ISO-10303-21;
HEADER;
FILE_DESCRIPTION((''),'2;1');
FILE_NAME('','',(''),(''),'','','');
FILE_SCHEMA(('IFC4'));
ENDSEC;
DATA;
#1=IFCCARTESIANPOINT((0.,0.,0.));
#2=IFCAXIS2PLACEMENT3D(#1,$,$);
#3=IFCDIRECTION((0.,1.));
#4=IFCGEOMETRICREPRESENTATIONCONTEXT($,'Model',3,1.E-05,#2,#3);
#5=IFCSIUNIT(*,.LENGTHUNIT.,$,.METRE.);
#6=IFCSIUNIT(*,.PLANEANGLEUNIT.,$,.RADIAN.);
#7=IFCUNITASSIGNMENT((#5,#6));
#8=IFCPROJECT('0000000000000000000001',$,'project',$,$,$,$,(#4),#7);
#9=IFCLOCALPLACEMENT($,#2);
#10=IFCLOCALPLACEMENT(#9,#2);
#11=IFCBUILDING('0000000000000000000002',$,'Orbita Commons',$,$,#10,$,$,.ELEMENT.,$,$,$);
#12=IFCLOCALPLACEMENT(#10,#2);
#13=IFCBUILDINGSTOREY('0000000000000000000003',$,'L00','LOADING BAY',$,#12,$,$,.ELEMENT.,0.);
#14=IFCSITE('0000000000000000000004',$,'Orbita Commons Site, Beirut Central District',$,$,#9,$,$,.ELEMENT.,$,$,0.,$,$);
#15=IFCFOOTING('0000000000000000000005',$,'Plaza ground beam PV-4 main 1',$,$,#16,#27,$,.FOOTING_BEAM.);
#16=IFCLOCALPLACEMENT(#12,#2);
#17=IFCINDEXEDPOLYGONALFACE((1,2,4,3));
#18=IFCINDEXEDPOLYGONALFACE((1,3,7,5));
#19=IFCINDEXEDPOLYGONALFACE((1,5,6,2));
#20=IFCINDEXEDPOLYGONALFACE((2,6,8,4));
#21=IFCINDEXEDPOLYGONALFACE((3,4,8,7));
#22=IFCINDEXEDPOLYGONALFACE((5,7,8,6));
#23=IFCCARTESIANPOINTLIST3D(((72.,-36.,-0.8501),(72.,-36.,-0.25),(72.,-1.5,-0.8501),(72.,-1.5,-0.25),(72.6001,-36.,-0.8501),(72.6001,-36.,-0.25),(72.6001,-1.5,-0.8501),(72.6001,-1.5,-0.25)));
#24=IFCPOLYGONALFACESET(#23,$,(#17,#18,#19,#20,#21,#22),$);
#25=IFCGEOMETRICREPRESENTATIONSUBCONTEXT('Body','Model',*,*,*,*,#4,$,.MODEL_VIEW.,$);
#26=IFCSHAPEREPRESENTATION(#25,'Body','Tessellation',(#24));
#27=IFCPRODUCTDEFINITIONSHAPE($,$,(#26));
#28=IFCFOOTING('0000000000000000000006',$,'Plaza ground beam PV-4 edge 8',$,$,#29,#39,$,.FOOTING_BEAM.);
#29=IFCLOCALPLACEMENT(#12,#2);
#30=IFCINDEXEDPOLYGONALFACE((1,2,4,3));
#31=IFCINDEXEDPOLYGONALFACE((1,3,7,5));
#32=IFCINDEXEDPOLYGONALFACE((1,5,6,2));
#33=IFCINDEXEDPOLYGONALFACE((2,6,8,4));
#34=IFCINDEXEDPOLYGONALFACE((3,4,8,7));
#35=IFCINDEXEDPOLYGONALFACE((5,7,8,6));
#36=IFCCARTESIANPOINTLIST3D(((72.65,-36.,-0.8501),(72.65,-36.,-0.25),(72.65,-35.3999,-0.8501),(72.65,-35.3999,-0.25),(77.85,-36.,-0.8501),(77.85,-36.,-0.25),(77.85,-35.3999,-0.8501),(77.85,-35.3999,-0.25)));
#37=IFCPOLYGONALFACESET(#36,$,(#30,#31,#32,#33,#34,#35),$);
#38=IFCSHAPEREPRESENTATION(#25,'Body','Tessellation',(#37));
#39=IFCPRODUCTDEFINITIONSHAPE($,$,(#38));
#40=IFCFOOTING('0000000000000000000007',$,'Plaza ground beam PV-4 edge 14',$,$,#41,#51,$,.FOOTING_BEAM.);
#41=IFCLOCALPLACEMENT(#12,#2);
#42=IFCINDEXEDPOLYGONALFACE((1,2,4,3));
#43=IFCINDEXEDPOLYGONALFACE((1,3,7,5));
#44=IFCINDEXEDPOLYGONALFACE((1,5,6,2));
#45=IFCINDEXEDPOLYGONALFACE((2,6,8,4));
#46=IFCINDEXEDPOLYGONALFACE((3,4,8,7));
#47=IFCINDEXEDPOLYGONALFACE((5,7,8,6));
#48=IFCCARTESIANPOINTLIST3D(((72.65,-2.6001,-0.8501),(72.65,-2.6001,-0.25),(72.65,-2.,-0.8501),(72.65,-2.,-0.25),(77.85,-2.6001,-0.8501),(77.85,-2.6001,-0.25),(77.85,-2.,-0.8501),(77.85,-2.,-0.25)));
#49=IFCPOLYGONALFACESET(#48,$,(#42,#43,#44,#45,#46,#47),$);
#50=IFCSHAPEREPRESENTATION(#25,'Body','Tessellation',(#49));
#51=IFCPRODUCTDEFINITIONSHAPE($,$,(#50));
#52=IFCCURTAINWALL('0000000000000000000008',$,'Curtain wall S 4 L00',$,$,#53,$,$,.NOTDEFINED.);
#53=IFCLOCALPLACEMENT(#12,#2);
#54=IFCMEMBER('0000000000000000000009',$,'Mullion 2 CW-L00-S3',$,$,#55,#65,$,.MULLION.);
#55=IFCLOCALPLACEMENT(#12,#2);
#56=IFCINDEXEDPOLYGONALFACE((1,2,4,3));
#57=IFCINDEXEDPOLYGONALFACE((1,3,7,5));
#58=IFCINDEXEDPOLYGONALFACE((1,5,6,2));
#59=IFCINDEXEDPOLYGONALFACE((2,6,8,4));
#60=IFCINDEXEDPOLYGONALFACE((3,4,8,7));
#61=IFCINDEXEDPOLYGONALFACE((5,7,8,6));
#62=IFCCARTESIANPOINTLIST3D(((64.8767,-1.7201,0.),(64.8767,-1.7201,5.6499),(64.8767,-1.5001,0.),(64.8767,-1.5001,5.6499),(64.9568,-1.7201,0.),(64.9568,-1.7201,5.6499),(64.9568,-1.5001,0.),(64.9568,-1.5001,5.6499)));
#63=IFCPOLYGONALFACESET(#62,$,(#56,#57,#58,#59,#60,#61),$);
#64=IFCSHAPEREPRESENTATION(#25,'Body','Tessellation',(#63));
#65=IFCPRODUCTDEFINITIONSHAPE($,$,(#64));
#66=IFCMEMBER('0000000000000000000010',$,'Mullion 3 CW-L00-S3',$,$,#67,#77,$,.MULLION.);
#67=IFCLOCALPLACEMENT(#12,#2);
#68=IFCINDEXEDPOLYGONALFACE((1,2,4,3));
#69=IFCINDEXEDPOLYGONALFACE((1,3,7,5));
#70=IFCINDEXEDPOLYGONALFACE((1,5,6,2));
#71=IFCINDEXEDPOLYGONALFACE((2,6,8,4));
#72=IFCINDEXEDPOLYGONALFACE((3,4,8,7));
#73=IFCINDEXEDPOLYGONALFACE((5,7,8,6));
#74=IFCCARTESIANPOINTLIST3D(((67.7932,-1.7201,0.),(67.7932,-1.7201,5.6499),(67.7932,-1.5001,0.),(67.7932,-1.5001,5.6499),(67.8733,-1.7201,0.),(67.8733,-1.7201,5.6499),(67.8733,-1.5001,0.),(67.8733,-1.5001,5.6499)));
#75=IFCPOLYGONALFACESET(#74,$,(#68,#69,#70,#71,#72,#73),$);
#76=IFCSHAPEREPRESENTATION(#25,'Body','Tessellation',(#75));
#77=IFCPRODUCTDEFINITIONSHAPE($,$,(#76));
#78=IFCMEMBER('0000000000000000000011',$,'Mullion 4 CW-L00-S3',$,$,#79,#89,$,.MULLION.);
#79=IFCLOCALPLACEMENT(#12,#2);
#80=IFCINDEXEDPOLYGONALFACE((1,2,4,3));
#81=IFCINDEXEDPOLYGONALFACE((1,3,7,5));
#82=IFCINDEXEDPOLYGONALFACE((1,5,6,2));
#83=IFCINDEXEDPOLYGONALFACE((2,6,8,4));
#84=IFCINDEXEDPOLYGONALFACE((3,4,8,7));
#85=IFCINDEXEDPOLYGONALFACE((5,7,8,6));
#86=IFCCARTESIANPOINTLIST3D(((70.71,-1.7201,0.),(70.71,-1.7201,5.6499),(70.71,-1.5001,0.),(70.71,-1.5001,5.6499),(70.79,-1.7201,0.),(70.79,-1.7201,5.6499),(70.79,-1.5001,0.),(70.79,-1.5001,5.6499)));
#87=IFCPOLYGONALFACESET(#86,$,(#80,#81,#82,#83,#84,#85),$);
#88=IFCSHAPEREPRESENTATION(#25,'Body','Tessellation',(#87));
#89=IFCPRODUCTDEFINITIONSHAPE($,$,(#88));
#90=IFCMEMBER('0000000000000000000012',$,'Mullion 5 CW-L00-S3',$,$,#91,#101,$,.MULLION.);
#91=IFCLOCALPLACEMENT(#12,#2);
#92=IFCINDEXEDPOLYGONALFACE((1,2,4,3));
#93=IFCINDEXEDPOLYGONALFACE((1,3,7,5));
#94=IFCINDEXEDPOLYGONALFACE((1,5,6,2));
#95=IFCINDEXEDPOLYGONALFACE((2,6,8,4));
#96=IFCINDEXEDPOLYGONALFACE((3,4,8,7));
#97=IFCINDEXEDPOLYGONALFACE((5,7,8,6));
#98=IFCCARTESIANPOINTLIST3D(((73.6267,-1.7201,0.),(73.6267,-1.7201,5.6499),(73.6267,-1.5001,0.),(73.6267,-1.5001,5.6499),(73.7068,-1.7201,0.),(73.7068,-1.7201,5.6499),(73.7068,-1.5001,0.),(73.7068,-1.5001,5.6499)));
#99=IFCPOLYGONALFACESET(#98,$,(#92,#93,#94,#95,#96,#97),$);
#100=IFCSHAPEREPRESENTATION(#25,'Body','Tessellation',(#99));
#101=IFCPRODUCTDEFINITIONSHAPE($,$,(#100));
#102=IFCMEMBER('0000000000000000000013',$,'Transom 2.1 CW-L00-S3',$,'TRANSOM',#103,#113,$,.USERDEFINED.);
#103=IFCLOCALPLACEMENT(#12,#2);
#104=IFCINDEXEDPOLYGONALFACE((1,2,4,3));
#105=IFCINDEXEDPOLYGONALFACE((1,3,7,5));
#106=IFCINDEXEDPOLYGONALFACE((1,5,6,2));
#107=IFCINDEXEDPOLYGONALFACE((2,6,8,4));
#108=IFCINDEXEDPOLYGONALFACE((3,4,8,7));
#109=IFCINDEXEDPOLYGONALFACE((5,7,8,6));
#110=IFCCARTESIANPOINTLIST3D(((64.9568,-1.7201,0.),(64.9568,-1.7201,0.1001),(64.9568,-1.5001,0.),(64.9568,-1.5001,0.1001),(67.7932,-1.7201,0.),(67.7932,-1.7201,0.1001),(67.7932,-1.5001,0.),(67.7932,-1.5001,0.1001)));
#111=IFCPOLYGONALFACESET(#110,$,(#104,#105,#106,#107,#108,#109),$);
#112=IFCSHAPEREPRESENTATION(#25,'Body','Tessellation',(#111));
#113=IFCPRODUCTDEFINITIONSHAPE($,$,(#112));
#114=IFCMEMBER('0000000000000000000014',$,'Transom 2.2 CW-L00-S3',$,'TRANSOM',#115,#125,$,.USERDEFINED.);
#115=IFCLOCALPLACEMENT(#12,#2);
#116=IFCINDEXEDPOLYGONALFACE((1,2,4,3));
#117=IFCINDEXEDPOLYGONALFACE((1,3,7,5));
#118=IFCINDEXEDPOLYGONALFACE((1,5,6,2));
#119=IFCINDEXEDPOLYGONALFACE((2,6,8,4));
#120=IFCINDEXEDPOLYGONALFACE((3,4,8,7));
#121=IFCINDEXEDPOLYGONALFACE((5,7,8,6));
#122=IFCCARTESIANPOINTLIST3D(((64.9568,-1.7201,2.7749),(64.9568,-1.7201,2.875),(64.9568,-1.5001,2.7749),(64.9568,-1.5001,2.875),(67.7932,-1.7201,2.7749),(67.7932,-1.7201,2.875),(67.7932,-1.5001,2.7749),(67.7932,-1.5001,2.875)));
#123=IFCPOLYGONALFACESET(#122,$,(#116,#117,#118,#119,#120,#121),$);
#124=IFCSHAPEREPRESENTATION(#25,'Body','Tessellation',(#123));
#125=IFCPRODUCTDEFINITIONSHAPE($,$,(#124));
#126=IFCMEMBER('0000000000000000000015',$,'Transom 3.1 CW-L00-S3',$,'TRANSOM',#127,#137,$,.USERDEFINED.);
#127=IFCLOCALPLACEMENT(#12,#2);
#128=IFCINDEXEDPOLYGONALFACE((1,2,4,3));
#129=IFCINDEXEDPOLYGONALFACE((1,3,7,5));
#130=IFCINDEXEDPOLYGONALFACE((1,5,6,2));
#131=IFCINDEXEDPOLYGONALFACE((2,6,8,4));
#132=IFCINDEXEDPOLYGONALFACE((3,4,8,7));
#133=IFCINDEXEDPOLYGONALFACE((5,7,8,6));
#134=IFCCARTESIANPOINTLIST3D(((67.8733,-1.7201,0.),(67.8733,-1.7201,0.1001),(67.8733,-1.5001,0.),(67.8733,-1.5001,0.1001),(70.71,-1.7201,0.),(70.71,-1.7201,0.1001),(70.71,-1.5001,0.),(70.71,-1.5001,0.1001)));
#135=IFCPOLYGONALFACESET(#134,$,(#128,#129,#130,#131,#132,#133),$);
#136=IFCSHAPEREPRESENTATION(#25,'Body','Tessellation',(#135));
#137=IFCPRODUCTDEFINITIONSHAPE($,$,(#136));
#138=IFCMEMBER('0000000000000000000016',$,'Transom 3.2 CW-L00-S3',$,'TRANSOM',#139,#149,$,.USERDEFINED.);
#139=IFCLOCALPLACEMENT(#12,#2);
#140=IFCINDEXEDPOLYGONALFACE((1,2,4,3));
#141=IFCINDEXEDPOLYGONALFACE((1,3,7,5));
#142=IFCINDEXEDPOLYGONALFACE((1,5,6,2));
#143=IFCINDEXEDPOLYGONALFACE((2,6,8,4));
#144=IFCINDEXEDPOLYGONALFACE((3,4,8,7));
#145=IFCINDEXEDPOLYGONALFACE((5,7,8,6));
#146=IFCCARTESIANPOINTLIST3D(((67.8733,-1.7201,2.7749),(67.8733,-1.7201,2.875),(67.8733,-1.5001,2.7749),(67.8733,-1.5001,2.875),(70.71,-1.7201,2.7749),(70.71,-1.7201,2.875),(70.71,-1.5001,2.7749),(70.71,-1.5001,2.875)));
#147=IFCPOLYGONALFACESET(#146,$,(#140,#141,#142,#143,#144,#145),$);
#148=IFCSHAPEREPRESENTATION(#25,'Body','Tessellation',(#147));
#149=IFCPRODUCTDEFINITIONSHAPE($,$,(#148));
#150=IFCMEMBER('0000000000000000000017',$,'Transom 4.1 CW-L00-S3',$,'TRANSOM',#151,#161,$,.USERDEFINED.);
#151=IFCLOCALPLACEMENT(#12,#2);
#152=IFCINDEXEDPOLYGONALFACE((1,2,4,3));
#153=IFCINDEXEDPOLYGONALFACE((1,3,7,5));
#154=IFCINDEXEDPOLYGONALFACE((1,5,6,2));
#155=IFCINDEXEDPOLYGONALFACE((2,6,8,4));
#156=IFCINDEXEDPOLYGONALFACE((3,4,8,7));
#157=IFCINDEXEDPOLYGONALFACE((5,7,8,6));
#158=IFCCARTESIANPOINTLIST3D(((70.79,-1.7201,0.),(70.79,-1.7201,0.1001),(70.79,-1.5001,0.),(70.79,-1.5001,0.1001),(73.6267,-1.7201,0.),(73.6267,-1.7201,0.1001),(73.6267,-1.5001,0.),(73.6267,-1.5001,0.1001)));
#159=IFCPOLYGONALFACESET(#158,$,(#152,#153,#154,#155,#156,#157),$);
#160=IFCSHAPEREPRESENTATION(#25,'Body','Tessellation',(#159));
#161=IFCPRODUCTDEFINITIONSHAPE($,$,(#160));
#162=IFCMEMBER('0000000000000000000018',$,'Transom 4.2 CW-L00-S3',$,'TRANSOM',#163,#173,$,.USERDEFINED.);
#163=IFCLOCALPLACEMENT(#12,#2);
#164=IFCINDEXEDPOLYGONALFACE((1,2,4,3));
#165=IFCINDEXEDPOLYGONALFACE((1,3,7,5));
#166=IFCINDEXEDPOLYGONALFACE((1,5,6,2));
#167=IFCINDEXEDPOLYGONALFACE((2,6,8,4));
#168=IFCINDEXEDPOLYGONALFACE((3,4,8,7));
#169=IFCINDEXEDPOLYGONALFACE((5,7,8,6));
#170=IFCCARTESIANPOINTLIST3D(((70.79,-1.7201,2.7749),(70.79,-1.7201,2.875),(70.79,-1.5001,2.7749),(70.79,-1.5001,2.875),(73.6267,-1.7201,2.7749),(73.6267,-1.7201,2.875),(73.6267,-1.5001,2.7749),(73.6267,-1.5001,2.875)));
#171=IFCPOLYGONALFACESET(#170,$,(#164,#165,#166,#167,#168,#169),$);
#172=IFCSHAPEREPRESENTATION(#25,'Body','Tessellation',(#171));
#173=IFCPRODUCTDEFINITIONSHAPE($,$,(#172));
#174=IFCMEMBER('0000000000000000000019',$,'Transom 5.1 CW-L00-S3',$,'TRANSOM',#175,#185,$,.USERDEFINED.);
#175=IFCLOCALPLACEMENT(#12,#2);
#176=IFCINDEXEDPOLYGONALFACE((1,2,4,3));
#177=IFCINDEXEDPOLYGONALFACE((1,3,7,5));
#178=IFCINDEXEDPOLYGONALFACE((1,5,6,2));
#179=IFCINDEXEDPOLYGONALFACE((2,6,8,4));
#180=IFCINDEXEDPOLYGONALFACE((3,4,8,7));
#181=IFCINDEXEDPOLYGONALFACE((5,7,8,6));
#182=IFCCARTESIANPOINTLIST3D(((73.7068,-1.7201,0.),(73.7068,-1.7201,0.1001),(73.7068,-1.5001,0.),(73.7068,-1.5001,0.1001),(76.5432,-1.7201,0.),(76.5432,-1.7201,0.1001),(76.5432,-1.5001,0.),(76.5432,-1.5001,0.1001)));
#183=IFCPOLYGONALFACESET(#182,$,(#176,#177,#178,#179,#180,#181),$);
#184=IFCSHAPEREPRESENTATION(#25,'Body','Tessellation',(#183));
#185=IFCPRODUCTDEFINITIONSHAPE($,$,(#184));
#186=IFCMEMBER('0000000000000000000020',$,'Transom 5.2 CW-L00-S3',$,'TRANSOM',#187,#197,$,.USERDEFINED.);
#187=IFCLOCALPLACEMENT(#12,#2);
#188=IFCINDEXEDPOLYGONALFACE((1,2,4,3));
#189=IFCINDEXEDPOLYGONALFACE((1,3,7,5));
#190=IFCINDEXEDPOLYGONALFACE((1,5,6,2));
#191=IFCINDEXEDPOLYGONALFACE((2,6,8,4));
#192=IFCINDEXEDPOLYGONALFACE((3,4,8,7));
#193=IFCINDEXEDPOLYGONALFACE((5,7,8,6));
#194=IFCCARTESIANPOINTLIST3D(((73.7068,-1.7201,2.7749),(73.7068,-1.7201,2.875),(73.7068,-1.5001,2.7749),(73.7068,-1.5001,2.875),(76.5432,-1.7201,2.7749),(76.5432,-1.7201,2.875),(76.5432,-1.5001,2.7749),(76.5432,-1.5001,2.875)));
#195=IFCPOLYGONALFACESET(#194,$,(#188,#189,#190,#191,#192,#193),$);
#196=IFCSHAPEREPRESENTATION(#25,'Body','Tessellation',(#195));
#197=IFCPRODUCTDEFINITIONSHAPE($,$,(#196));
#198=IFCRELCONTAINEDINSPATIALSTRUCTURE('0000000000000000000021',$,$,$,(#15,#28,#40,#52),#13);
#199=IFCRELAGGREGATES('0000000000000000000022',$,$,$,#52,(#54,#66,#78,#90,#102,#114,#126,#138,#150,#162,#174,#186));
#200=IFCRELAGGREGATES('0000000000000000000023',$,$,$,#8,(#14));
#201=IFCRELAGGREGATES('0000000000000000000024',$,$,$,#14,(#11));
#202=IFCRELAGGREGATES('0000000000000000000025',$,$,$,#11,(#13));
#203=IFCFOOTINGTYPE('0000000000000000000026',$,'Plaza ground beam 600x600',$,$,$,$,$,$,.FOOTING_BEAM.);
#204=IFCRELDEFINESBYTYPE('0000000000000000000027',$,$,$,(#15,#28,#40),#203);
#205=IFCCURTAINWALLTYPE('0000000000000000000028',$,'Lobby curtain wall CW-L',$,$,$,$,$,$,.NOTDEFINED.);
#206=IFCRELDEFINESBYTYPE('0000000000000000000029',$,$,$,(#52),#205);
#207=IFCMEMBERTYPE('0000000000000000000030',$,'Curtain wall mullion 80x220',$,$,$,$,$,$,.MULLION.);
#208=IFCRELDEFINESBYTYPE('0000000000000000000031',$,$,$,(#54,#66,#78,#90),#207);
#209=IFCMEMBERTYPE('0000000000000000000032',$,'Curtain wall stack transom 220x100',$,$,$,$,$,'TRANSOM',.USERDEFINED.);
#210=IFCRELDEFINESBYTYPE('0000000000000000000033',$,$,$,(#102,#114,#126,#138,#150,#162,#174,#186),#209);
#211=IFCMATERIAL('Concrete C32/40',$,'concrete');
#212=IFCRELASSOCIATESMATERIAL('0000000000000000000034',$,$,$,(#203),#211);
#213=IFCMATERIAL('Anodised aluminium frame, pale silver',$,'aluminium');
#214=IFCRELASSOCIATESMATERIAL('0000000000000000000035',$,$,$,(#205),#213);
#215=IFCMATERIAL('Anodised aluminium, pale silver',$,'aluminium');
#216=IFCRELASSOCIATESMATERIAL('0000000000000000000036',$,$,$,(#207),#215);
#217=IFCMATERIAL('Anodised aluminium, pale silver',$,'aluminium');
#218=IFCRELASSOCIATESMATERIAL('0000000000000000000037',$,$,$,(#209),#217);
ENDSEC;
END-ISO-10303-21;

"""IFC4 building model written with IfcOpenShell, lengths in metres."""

from ifc_helpers import new_model, si_unit, direction, frame, origin, origin_2d, place, context, subcontext, project, spatial, rectangle, extrude, material, material_profile, profile_set, type_object, element, aggregate, save


model = new_model("IFC4")

# Units and contexts
model_context = context("Model", 3, precision=1e-05, world=origin(), true_north=direction((0.0, 1.0)))
body_context = subcontext(model_context, "Body", "Model", "MODEL_VIEW")
ifc_project = project(units=[si_unit("LENGTHUNIT", "METRE"), si_unit("PLANEANGLEUNIT", "RADIAN")], contexts=[model_context])

# Site, building, storey
site_placement = place(None, origin())
site = spatial("IfcSite", under=ifc_project, at=site_placement, Name="Orbita Commons Site, Beirut Central District", CompositionType="ELEMENT", RefElevation=0.0)
building_placement = place(site_placement, origin())
building = spatial("IfcBuilding", under=site, at=building_placement, Name="Orbita Commons", CompositionType="ELEMENT")
storey_placement = place(building_placement, origin())
storey = spatial("IfcBuildingStorey", under=building, at=storey_placement, Name="L00", Description="LOADING BAY", CompositionType="ELEMENT", Elevation=0.0)

# Footings
ifc_material_1 = material(Name="Concrete C32/40", Category="concrete")
footing_type = type_object("IfcFootingType", Name="Plaza ground beam 600x600", PredefinedType="FOOTING_BEAM", material=ifc_material_1)
footing_placement = place(storey_placement, frame((72.3, -18.75, -0.8501), z_axis=(0.0, 0.0, 1.0), x_axis=(1.0, 0.0, 0.0)))
element("IfcFooting", 1, at=footing_placement, inside=storey, type_object=footing_type, Name="Plaza ground beam PV-4 main 1", PredefinedType="FOOTING_BEAM", context=body_context, shape_type="SweptSolid", body=[
    extrude(rectangle(XDim=0.6001, YDim=34.5, at=origin_2d()), origin(), (0.0, 0.0, 1.0), 0.6001),
])
for number, where, z_axis, x_axis, name in (
    (2, (75.25, -35.7, -0.8501), (0.0, 0.0, 1.0), (1.0, 0.0, 0.0), "Plaza ground beam PV-4 edge 8"),
    (3, (75.25, -2.3, -0.8501), (0.0, 0.0, 1.0), (1.0, 0.0, 0.0), "Plaza ground beam PV-4 edge 14"),
):
    element("IfcFooting", number, at=place(storey_placement, frame(where, z_axis=z_axis, x_axis=x_axis)), inside=storey, type_object=footing_type, Name=name, PredefinedType="FOOTING_BEAM", context=body_context, shape_type="SweptSolid", body=[
        extrude(rectangle(XDim=5.2, YDim=0.6001, at=origin_2d()), origin(), (0.0, 0.0, 1.0), 0.6001),
    ])

# Curtain wall, members
ifc_material_2 = material(Name="Anodised aluminium frame, pale silver", Category="aluminium")
curtain_wall_type = type_object("IfcCurtainWallType", Name="Lobby curtain wall CW-L", PredefinedType="NOTDEFINED", material=ifc_material_2)
curtain_wall_placement = place(storey_placement, origin())
curtain_wall = element("IfcCurtainWall", 4, at=curtain_wall_placement, inside=storey, type_object=curtain_wall_type, Name="Curtain wall S 4 L00", PredefinedType="NOTDEFINED")
ifc_material_3 = material(Name="Anodised aluminium, pale silver", Category="aluminium")
ifc_material_profile_1 = material_profile(ifc_material_3, rectangle(XDim=0.0801, YDim=0.22, at=origin_2d()), Name="AL 80x220")
ifc_profile_set_1 = profile_set([ifc_material_profile_1], Name="Anodised aluminium, pale silver")
member_type_1 = type_object("IfcMemberType", Name="Curtain wall mullion 80x220", PredefinedType="MULLION", material=ifc_profile_set_1)
member_1_placement = place(storey_placement, frame((64.9167, -1.6101, 0.0), z_axis=(0.0, 0.0, 1.0), x_axis=(1.0, 0.0, 0.0)))
member_1 = element("IfcMember", 5, at=member_1_placement, type_object=member_type_1, Name="Mullion 2 CW-L00-S3", PredefinedType="MULLION", context=body_context, shape_type="SweptSolid", body=[
    extrude(rectangle(XDim=0.0801, YDim=0.22, at=origin_2d()), origin(), (0.0, 0.0, 1.0), 5.6499),
])
member_2_placement = place(storey_placement, frame((67.8333, -1.6101, 0.0), z_axis=(0.0, 0.0, 1.0), x_axis=(1.0, 0.0, 0.0)))
member_2 = element("IfcMember", 6, at=member_2_placement, type_object=member_type_1, Name="Mullion 3 CW-L00-S3", PredefinedType="MULLION", context=body_context, shape_type="SweptSolid", body=[
    extrude(rectangle(XDim=0.0801, YDim=0.22, at=origin_2d()), origin(), (0.0, 0.0, 1.0), 5.6499),
])
member_3_placement = place(storey_placement, frame((70.75, -1.6101, 0.0), z_axis=(0.0, 0.0, 1.0), x_axis=(1.0, 0.0, 0.0)))
member_3 = element("IfcMember", 7, at=member_3_placement, type_object=member_type_1, Name="Mullion 4 CW-L00-S3", PredefinedType="MULLION", context=body_context, shape_type="SweptSolid", body=[
    extrude(rectangle(XDim=0.0801, YDim=0.22, at=origin_2d()), origin(), (0.0, 0.0, 1.0), 5.6499),
])
member_4_placement = place(storey_placement, frame((73.6667, -1.6101, 0.0), z_axis=(0.0, 0.0, 1.0), x_axis=(1.0, 0.0, 0.0)))
member_4 = element("IfcMember", 8, at=member_4_placement, type_object=member_type_1, Name="Mullion 5 CW-L00-S3", PredefinedType="MULLION", context=body_context, shape_type="SweptSolid", body=[
    extrude(rectangle(XDim=0.0801, YDim=0.22, at=origin_2d()), origin(), (0.0, 0.0, 1.0), 5.6499),
])
ifc_material_4 = material(Name="Anodised aluminium, pale silver", Category="aluminium")
ifc_material_profile_2 = material_profile(ifc_material_4, rectangle(XDim=0.22, YDim=0.1001, at=origin_2d()), Name="AL 220x100")
ifc_profile_set_2 = profile_set([ifc_material_profile_2], Name="Anodised aluminium, pale silver")
member_type_2 = type_object("IfcMemberType", Name="Curtain wall stack transom 220x100", ElementType="TRANSOM", PredefinedType="USERDEFINED", material=ifc_profile_set_2)
member_5_placement = place(storey_placement, frame((64.9568, -1.6101, 0.05), z_axis=(1.0, 0.0, 0.0), x_axis=(0.0, 1.0, 0.0)))
member_5 = element("IfcMember", 9, at=member_5_placement, type_object=member_type_2, Name="Transom 2.1 CW-L00-S3", ObjectType="TRANSOM", PredefinedType="USERDEFINED", context=body_context, shape_type="SweptSolid", body=[
    extrude(rectangle(XDim=0.22, YDim=0.1001, at=origin_2d()), origin(), (0.0, 0.0, 1.0), 2.8364),
])
member_6_placement = place(storey_placement, frame((64.9568, -1.6101, 2.825), z_axis=(1.0, 0.0, 0.0), x_axis=(0.0, 1.0, 0.0)))
member_6 = element("IfcMember", 10, at=member_6_placement, type_object=member_type_2, Name="Transom 2.2 CW-L00-S3", ObjectType="TRANSOM", PredefinedType="USERDEFINED", context=body_context, shape_type="SweptSolid", body=[
    extrude(rectangle(XDim=0.22, YDim=0.1001, at=origin_2d()), origin(), (0.0, 0.0, 1.0), 2.8364),
])
member_7_placement = place(storey_placement, frame((67.8733, -1.6101, 0.05), z_axis=(1.0, 0.0, 0.0), x_axis=(0.0, 1.0, 0.0)))
member_7 = element("IfcMember", 11, at=member_7_placement, type_object=member_type_2, Name="Transom 3.1 CW-L00-S3", ObjectType="TRANSOM", PredefinedType="USERDEFINED", context=body_context, shape_type="SweptSolid", body=[
    extrude(rectangle(XDim=0.22, YDim=0.1001, at=origin_2d()), origin(), (0.0, 0.0, 1.0), 2.8367),
])
member_8_placement = place(storey_placement, frame((67.8733, -1.6101, 2.825), z_axis=(1.0, 0.0, 0.0), x_axis=(0.0, 1.0, 0.0)))
member_8 = element("IfcMember", 12, at=member_8_placement, type_object=member_type_2, Name="Transom 3.2 CW-L00-S3", ObjectType="TRANSOM", PredefinedType="USERDEFINED", context=body_context, shape_type="SweptSolid", body=[
    extrude(rectangle(XDim=0.22, YDim=0.1001, at=origin_2d()), origin(), (0.0, 0.0, 1.0), 2.8367),
])
member_9_placement = place(storey_placement, frame((70.79, -1.6101, 0.05), z_axis=(1.0, 0.0, 0.0), x_axis=(0.0, 1.0, 0.0)))
member_9 = element("IfcMember", 13, at=member_9_placement, type_object=member_type_2, Name="Transom 4.1 CW-L00-S3", ObjectType="TRANSOM", PredefinedType="USERDEFINED", context=body_context, shape_type="SweptSolid", body=[
    extrude(rectangle(XDim=0.22, YDim=0.1001, at=origin_2d()), origin(), (0.0, 0.0, 1.0), 2.8367),
])
member_10_placement = place(storey_placement, frame((70.79, -1.6101, 2.825), z_axis=(1.0, 0.0, 0.0), x_axis=(0.0, 1.0, 0.0)))
member_10 = element("IfcMember", 14, at=member_10_placement, type_object=member_type_2, Name="Transom 4.2 CW-L00-S3", ObjectType="TRANSOM", PredefinedType="USERDEFINED", context=body_context, shape_type="SweptSolid", body=[
    extrude(rectangle(XDim=0.22, YDim=0.1001, at=origin_2d()), origin(), (0.0, 0.0, 1.0), 2.8367),
])
member_11_placement = place(storey_placement, frame((73.7068, -1.6101, 0.05), z_axis=(1.0, 0.0, 0.0), x_axis=(0.0, 1.0, 0.0)))
member_11 = element("IfcMember", 15, at=member_11_placement, type_object=member_type_2, Name="Transom 5.1 CW-L00-S3", ObjectType="TRANSOM", PredefinedType="USERDEFINED", context=body_context, shape_type="SweptSolid", body=[
    extrude(rectangle(XDim=0.22, YDim=0.1001, at=origin_2d()), origin(), (0.0, 0.0, 1.0), 2.8364),
])
member_12_placement = place(storey_placement, frame((73.7068, -1.6101, 2.825), z_axis=(1.0, 0.0, 0.0), x_axis=(0.0, 1.0, 0.0)))
member_12 = element("IfcMember", 16, at=member_12_placement, type_object=member_type_2, Name="Transom 5.2 CW-L00-S3", ObjectType="TRANSOM", PredefinedType="USERDEFINED", context=body_context, shape_type="SweptSolid", body=[
    extrude(rectangle(XDim=0.22, YDim=0.1001, at=origin_2d()), origin(), (0.0, 0.0, 1.0), 2.8364),
])
aggregate(curtain_wall, [member_1, member_2, member_3, member_4, member_5, member_6, member_7, member_8, member_9, member_10, member_11, member_12])

save(model, "model.ifc")
